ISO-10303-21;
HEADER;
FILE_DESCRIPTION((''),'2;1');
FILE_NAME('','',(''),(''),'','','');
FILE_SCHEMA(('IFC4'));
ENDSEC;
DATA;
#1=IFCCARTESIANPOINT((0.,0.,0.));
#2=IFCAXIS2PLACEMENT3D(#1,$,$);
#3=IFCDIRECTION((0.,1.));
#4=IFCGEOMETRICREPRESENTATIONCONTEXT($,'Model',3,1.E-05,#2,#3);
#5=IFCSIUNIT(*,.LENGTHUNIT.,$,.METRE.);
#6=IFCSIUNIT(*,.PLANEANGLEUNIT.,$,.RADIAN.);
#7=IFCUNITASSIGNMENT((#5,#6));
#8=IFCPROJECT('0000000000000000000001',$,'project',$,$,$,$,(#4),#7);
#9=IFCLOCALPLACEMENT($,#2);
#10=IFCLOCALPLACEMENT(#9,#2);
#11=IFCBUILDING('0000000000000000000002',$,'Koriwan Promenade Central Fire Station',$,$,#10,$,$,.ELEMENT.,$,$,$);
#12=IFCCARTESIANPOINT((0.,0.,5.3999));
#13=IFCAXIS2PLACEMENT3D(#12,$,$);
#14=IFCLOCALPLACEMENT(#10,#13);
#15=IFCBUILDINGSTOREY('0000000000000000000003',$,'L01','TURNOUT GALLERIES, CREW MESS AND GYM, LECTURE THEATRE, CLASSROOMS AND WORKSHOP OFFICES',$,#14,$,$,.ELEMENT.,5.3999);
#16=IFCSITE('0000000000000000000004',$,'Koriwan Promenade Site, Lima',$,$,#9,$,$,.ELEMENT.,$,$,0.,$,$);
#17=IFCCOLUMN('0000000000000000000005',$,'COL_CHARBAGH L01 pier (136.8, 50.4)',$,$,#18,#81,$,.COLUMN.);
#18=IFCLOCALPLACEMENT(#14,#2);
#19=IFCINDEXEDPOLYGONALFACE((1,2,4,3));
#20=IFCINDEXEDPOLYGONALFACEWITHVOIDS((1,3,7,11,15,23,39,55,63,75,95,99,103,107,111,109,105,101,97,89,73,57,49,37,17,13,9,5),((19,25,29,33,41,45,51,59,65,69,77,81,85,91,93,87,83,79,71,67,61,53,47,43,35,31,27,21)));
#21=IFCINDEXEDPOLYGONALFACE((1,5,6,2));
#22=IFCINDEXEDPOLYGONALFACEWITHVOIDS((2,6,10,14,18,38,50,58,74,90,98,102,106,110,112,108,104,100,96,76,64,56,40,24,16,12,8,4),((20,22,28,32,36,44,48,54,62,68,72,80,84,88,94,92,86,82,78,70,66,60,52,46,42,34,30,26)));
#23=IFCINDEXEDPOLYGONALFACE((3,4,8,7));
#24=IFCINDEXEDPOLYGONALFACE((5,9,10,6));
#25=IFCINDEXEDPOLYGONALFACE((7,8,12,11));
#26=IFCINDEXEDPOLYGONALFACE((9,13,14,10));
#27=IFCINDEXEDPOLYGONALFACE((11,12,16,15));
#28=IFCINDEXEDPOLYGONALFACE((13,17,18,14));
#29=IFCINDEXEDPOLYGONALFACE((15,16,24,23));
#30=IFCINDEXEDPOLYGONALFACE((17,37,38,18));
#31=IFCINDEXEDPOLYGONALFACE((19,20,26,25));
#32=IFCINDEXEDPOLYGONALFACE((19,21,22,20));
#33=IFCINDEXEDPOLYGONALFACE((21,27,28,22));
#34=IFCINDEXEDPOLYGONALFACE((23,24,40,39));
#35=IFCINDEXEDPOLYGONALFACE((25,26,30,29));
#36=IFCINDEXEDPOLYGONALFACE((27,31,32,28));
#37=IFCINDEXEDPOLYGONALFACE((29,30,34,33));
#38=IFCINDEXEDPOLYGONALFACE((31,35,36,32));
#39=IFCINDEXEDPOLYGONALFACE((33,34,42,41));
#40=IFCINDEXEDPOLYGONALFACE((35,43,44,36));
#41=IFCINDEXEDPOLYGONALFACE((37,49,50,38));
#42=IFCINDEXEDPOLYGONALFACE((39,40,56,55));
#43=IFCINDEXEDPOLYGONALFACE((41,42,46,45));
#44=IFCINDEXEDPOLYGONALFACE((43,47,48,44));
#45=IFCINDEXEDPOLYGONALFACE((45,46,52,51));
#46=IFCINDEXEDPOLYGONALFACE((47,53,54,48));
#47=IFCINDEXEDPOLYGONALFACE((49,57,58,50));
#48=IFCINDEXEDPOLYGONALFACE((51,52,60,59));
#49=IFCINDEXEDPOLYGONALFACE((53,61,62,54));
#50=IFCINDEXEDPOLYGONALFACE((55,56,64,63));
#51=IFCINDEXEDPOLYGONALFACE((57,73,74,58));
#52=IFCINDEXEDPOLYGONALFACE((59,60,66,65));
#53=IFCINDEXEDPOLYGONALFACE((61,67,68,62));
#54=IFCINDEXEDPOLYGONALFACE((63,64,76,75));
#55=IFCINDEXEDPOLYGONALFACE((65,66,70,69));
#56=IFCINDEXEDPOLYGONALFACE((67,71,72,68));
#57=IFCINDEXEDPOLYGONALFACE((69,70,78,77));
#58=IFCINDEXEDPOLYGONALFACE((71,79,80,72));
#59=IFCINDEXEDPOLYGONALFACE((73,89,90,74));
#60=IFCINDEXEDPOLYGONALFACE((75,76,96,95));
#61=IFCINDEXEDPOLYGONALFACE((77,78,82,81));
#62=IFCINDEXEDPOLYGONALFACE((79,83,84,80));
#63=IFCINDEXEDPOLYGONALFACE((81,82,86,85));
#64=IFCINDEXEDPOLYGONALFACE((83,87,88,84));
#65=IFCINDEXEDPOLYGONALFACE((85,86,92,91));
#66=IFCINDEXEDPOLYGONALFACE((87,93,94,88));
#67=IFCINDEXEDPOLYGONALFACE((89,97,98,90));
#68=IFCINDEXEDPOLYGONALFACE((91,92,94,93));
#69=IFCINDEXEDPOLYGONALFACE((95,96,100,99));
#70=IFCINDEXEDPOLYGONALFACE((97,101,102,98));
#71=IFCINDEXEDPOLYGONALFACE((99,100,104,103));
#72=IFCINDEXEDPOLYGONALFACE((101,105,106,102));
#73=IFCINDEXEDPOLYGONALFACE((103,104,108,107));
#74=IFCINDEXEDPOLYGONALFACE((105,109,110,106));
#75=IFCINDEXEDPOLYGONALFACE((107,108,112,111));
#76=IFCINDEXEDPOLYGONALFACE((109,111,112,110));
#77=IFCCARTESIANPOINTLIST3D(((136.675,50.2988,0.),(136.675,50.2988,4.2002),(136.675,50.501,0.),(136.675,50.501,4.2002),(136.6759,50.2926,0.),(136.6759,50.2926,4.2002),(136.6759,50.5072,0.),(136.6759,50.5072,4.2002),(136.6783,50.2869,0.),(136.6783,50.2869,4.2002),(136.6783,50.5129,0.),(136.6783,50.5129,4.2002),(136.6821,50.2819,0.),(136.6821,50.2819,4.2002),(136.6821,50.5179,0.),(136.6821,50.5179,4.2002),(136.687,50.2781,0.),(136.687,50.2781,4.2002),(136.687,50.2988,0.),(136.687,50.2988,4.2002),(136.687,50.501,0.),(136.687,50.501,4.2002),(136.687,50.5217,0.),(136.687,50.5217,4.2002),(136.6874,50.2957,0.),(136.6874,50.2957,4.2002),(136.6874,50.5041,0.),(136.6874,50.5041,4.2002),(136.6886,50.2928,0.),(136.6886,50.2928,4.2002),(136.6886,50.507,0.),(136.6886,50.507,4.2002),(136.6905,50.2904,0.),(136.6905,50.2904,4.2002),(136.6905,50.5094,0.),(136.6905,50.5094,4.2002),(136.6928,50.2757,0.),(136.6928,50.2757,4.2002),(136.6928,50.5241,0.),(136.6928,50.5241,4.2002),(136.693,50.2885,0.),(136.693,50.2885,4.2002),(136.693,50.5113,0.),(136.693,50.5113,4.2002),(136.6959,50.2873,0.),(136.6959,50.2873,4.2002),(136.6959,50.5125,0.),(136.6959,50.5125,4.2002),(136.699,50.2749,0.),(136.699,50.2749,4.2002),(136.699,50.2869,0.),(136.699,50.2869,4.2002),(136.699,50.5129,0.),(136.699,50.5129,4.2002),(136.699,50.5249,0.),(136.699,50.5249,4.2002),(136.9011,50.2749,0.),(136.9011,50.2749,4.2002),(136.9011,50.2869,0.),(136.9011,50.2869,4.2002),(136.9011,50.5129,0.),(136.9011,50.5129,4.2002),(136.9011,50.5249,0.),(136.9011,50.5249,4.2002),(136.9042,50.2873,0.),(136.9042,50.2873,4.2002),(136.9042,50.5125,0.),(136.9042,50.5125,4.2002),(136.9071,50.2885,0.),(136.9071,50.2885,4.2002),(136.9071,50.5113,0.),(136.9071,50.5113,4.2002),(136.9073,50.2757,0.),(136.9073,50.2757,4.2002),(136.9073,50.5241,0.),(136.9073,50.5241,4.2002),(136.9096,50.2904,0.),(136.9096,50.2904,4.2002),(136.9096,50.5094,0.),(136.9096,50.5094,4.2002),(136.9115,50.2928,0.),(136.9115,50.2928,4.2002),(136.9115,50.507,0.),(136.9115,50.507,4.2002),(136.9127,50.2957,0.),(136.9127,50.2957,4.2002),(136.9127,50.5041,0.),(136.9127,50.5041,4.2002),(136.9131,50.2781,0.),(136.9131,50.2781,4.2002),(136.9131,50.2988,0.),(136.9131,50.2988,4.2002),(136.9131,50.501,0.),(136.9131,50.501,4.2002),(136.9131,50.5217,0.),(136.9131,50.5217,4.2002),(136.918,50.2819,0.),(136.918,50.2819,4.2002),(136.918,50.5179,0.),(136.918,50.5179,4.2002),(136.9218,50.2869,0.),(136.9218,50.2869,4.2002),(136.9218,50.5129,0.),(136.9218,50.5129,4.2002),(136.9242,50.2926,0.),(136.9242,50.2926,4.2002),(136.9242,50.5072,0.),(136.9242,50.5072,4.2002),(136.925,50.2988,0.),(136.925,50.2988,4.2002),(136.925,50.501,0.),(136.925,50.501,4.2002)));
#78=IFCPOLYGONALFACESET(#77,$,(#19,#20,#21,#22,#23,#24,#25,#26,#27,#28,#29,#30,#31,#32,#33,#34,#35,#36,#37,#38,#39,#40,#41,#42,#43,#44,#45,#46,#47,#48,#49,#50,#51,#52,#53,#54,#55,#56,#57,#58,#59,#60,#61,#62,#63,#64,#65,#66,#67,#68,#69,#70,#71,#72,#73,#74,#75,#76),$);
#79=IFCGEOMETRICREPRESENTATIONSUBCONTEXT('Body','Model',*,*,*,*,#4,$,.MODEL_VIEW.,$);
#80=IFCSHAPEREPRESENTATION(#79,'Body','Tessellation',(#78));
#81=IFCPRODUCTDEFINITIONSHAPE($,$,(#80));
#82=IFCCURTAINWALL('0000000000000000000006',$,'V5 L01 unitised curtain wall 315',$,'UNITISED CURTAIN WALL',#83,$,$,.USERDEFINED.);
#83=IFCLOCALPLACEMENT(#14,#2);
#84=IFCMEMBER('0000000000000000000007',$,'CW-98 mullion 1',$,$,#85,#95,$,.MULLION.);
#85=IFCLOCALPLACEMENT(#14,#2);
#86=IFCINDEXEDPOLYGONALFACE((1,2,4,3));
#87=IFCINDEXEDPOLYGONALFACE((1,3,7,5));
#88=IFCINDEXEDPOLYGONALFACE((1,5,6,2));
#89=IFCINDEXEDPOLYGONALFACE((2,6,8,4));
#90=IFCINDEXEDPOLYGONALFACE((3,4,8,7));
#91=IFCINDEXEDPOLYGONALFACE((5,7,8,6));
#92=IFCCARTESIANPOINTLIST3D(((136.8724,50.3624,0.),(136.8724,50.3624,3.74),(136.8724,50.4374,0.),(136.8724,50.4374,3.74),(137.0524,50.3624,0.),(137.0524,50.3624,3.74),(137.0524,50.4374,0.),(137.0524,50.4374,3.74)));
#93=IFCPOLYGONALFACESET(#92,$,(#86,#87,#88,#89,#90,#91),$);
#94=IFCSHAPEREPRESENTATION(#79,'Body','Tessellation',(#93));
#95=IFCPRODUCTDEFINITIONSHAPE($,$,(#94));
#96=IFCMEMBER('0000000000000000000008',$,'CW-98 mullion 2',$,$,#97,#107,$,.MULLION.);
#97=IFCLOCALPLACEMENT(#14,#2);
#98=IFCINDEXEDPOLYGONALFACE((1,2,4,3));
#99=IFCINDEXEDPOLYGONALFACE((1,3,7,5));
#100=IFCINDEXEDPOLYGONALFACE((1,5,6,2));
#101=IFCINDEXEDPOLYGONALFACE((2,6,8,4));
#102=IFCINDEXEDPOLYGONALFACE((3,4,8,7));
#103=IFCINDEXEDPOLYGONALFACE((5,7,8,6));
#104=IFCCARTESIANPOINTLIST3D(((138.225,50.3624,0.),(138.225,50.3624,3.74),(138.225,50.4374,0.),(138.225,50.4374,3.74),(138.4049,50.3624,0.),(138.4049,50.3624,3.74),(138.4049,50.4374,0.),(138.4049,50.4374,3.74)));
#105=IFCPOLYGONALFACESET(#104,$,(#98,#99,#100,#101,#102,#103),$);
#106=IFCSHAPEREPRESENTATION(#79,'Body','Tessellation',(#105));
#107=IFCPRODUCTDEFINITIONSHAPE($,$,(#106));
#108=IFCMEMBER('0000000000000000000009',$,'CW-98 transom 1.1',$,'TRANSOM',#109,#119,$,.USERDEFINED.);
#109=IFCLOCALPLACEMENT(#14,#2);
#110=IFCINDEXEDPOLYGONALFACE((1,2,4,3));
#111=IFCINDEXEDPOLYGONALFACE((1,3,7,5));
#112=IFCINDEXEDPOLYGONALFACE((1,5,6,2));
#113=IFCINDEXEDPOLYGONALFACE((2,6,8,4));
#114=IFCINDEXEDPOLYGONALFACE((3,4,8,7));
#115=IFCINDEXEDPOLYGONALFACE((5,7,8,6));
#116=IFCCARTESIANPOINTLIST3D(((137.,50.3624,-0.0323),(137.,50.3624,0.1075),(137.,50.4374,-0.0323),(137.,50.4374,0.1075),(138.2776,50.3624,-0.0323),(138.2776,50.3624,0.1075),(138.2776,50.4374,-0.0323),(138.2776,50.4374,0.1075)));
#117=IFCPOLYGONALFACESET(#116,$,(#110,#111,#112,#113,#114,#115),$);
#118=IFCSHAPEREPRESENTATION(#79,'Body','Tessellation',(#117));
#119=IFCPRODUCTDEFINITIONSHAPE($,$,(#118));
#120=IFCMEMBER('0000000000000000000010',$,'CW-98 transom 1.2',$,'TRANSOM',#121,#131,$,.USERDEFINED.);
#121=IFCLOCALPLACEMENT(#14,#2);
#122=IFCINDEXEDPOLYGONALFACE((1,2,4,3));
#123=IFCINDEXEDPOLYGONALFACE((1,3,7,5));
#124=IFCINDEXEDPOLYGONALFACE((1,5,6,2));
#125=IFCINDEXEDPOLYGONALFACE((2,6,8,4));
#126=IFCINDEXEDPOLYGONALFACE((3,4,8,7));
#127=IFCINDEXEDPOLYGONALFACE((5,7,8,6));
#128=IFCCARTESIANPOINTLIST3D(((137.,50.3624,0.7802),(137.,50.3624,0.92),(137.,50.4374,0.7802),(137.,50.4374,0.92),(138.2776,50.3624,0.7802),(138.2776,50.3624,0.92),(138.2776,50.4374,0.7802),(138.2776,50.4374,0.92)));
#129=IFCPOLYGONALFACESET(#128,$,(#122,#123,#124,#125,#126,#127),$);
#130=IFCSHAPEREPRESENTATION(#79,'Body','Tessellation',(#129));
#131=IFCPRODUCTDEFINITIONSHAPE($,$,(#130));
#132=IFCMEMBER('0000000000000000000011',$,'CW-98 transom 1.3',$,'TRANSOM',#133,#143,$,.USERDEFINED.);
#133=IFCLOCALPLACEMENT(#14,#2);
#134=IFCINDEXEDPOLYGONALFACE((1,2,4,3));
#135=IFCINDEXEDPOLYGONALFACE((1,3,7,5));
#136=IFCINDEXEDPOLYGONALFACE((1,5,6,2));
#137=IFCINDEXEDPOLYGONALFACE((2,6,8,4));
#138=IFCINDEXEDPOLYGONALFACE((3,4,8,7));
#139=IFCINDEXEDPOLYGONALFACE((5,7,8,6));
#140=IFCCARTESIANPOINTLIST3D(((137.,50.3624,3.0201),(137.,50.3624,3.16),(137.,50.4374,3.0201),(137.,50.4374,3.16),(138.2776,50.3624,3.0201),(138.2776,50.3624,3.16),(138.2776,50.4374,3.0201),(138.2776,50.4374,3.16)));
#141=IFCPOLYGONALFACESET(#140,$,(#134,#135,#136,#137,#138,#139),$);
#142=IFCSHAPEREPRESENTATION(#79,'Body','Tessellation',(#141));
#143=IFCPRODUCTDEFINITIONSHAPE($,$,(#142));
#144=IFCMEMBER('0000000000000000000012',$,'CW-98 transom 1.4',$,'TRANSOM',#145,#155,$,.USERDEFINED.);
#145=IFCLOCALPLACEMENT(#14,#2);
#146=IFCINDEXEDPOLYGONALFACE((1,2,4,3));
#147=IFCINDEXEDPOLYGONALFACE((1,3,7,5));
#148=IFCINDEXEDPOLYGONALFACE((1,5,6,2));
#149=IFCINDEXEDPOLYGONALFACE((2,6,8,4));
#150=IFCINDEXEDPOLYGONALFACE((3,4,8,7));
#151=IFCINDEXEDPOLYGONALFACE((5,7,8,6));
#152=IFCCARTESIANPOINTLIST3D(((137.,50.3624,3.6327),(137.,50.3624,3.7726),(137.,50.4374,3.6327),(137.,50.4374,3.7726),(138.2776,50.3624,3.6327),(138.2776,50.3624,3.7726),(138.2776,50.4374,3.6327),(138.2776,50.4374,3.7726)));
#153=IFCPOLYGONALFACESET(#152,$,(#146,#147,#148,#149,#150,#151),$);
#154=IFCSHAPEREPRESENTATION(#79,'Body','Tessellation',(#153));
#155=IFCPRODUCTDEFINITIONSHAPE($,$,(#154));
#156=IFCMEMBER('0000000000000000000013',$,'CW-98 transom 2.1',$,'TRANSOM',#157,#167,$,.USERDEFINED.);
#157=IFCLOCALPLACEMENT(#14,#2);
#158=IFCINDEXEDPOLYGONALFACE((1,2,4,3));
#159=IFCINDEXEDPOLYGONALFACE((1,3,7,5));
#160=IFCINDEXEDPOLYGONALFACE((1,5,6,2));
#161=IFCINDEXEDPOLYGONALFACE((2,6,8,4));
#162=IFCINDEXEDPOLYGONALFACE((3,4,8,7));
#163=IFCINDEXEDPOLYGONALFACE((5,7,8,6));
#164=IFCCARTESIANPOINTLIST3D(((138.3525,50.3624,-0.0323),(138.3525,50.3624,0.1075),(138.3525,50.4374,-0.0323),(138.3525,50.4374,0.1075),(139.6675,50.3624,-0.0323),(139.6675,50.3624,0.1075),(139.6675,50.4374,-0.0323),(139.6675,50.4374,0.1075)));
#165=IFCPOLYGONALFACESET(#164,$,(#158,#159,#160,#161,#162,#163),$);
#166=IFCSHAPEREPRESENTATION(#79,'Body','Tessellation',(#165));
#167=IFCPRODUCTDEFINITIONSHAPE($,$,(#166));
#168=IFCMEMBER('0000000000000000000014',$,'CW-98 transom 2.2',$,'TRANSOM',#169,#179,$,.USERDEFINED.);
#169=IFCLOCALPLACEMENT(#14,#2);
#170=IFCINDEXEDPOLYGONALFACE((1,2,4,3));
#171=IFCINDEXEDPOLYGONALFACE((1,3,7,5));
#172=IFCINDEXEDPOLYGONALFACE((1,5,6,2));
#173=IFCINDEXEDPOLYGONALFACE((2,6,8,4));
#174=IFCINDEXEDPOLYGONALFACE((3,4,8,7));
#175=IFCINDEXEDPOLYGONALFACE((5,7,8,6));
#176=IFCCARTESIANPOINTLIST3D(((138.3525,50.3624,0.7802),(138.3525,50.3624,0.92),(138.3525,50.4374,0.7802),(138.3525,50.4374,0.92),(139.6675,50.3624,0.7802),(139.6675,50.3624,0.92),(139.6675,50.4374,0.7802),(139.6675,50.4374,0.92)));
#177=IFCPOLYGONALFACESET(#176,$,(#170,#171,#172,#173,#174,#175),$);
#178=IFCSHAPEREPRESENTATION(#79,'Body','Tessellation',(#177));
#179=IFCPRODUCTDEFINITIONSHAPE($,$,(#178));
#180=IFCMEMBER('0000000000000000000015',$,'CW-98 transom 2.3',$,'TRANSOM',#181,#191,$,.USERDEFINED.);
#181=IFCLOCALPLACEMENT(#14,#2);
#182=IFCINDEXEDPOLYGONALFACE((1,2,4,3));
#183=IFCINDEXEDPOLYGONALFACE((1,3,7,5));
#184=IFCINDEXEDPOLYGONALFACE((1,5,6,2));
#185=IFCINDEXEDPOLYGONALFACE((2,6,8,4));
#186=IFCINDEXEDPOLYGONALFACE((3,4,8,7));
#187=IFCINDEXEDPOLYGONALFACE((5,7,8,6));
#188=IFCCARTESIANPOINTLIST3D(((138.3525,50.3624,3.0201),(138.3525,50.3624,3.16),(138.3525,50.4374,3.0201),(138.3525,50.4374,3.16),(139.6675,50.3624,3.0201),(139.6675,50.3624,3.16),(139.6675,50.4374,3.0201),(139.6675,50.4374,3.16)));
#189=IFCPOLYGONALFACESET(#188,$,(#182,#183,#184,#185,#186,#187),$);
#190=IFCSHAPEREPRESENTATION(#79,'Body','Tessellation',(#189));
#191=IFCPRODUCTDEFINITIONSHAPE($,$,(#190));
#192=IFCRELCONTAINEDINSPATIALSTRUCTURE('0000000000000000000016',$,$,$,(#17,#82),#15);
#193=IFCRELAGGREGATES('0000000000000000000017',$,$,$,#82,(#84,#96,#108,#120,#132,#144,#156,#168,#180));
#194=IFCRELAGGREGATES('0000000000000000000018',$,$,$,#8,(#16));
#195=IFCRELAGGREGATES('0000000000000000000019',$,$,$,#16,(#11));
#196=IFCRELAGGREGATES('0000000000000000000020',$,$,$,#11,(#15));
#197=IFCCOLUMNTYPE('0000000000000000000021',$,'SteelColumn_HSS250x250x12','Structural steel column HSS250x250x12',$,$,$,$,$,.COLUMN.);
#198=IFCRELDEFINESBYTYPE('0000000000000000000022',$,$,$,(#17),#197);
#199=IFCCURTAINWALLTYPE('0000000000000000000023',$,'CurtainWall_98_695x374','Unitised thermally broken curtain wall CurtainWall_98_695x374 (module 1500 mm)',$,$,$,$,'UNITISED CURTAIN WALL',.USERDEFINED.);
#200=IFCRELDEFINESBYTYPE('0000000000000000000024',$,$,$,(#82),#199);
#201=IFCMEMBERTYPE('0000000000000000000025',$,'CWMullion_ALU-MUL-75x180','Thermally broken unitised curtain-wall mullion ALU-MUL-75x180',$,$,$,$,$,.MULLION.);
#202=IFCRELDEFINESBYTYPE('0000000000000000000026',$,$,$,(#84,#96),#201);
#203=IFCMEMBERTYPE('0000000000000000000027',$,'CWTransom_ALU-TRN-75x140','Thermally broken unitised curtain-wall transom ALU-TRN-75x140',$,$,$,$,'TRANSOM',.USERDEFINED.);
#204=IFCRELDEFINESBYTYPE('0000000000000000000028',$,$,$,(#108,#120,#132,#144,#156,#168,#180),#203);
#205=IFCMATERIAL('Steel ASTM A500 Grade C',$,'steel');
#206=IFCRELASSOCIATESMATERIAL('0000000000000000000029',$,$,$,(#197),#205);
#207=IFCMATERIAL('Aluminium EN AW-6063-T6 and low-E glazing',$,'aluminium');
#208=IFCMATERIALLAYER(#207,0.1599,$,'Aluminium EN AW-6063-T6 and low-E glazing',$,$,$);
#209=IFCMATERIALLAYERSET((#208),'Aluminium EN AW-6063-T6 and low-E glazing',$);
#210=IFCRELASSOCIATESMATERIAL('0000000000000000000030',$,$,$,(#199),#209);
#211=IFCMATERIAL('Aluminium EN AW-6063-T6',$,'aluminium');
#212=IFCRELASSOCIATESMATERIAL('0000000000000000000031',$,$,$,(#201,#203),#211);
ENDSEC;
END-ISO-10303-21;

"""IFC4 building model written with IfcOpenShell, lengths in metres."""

from ifc_helpers import new_model, si_unit, direction, frame, origin, origin_2d, place, context, subcontext, project, spatial, rectangle, hollow_rectangle, extrude, material, layer, layer_set, material_profile, profile_set, type_object, element, aggregate, save


model = new_model("IFC4")

# Units and contexts
model_context = context("Model", 3, precision=1e-05, world=origin(), true_north=direction((0.0, 1.0)))
body_context = subcontext(model_context, "Body", "Model", "MODEL_VIEW")
ifc_project = project(units=[si_unit("LENGTHUNIT", "METRE"), si_unit("PLANEANGLEUNIT", "RADIAN")], contexts=[model_context])

# Site, building, storey
site_placement = place(None, origin())
site = spatial("IfcSite", under=ifc_project, at=site_placement, Name="Koriwan Promenade Site, Lima", CompositionType="ELEMENT", RefElevation=0.0)
building_placement = place(site_placement, origin())
building = spatial("IfcBuilding", under=site, at=building_placement, Name="Koriwan Promenade Central Fire Station", CompositionType="ELEMENT")
storey_placement = place(building_placement, frame((0.0, 0.0, 5.3999)))
storey = spatial("IfcBuildingStorey", under=building, at=storey_placement, Name="L01", Description="TURNOUT GALLERIES, CREW MESS AND GYM, LECTURE THEATRE, CLASSROOMS AND WORKSHOP OFFICES", CompositionType="ELEMENT", Elevation=5.3999)

# Column
ifc_material_1 = material(Name="Steel ASTM A500 Grade C", Category="steel")
ifc_material_profile_1 = material_profile(ifc_material_1, hollow_rectangle(XDim=0.25, YDim=0.25, WallThickness=0.012, InnerFilletRadius=0.012, OuterFilletRadius=0.0239, at=origin_2d()), Name="HSS250x250x12")
ifc_profile_set_1 = profile_set([ifc_material_profile_1], Name="Steel ASTM A500 Grade C")
column_type = type_object("IfcColumnType", Name="SteelColumn_HSS250x250x12", Description="Structural steel column HSS250x250x12", PredefinedType="COLUMN", material=ifc_profile_set_1)
column_placement = place(storey_placement, frame((136.8, 50.3999, 0.0), z_axis=(0.0, 0.0, 1.0), x_axis=(1.0, 0.0, 0.0)))
element("IfcColumn", 1, at=column_placement, inside=storey, type_object=column_type, Name="COL_CHARBAGH L01 pier (136.8, 50.4)", PredefinedType="COLUMN", context=body_context, shape_type="SweptSolid", body=[
    extrude(hollow_rectangle(XDim=0.25, YDim=0.25, WallThickness=0.012, InnerFilletRadius=0.012, OuterFilletRadius=0.0239, at=origin_2d()), origin(), (0.0, 0.0, 1.0), 4.2002),
])

# Curtain wall, members
ifc_material_2 = material(Name="Aluminium EN AW-6063-T6 and low-E glazing", Category="aluminium")
ifc_layer_1 = layer(ifc_material_2, 0.1599, Name="Aluminium EN AW-6063-T6 and low-E glazing")
ifc_layer_set_1 = layer_set([ifc_layer_1], Name="Aluminium EN AW-6063-T6 and low-E glazing")
curtain_wall_type = type_object("IfcCurtainWallType", Name="CurtainWall_98_695x374", Description="Unitised thermally broken curtain wall CurtainWall_98_695x374 (module 1500 mm)", ElementType="UNITISED CURTAIN WALL", PredefinedType="USERDEFINED", material=ifc_layer_set_1)
curtain_wall_placement = place(storey_placement, origin())
curtain_wall = element("IfcCurtainWall", 2, at=curtain_wall_placement, inside=storey, type_object=curtain_wall_type, Name="V5 L01 unitised curtain wall 315", ObjectType="UNITISED CURTAIN WALL", PredefinedType="USERDEFINED")
ifc_material_3 = material(Name="Aluminium EN AW-6063-T6", Category="aluminium")
ifc_material_profile_2 = material_profile(ifc_material_3, rectangle(XDim=0.075, YDim=0.1799, at=origin_2d()), Name="ALU-MUL-75x180")
ifc_profile_set_2 = profile_set([ifc_material_profile_2], Name="Aluminium EN AW-6063-T6")
member_type_1 = type_object("IfcMemberType", Name="CWMullion_ALU-MUL-75x180", Description="Thermally broken unitised curtain-wall mullion ALU-MUL-75x180", PredefinedType="MULLION", material=ifc_profile_set_2)
member_1_placement = place(storey_placement, frame((136.9624, 50.3999, 0.0), z_axis=(0.0, 0.0, 1.0), x_axis=(0.0, 1.0, 0.0)))
member_1 = element("IfcMember", 3, at=member_1_placement, type_object=member_type_1, Name="CW-98 mullion 1", PredefinedType="MULLION", context=body_context, shape_type="SweptSolid", body=[
    extrude(rectangle(XDim=0.075, YDim=0.1799, at=origin_2d()), origin(), (0.0, 0.0, 1.0), 3.74),
])
member_2_placement = place(storey_placement, frame((138.3149, 50.3999, 0.0), z_axis=(0.0, 0.0, 1.0), x_axis=(0.0, 1.0, 0.0)))
member_2 = element("IfcMember", 4, at=member_2_placement, type_object=member_type_1, Name="CW-98 mullion 2", PredefinedType="MULLION", context=body_context, shape_type="SweptSolid", body=[
    extrude(rectangle(XDim=0.075, YDim=0.1799, at=origin_2d()), origin(), (0.0, 0.0, 1.0), 3.74),
])
ifc_material_profile_3 = material_profile(ifc_material_3, rectangle(XDim=0.075, YDim=0.1399, at=origin_2d()), Name="ALU-TRN-75x140")
ifc_profile_set_3 = profile_set([ifc_material_profile_3], Name="Aluminium EN AW-6063-T6")
member_type_2 = type_object("IfcMemberType", Name="CWTransom_ALU-TRN-75x140", Description="Thermally broken unitised curtain-wall transom ALU-TRN-75x140", ElementType="TRANSOM", PredefinedType="USERDEFINED", material=ifc_profile_set_3)
member_3_placement = place(storey_placement, frame((137.0, 50.3999, 0.0376), z_axis=(1.0, 0.0, 0.0), x_axis=(0.0, 1.0, 0.0)))
member_3 = element("IfcMember", 5, at=member_3_placement, type_object=member_type_2, Name="CW-98 transom 1.1", ObjectType="TRANSOM", PredefinedType="USERDEFINED", context=body_context, shape_type="SweptSolid", body=[
    extrude(rectangle(XDim=0.075, YDim=0.1399, at=origin_2d()), origin(), (0.0, 0.0, 1.0), 1.2776),
])
member_4_placement = place(storey_placement, frame((137.0, 50.3999, 0.8501), z_axis=(1.0, 0.0, 0.0), x_axis=(0.0, 1.0, 0.0)))
member_4 = element("IfcMember", 6, at=member_4_placement, type_object=member_type_2, Name="CW-98 transom 1.2", ObjectType="TRANSOM", PredefinedType="USERDEFINED", context=body_context, shape_type="SweptSolid", body=[
    extrude(rectangle(XDim=0.075, YDim=0.1399, at=origin_2d()), origin(), (0.0, 0.0, 1.0), 1.2776),
])
member_5_placement = place(storey_placement, frame((137.0, 50.3999, 3.0901), z_axis=(1.0, 0.0, 0.0), x_axis=(0.0, 1.0, 0.0)))
member_5 = element("IfcMember", 7, at=member_5_placement, type_object=member_type_2, Name="CW-98 transom 1.3", ObjectType="TRANSOM", PredefinedType="USERDEFINED", context=body_context, shape_type="SweptSolid", body=[
    extrude(rectangle(XDim=0.075, YDim=0.1399, at=origin_2d()), origin(), (0.0, 0.0, 1.0), 1.2776),
])
member_6_placement = place(storey_placement, frame((137.0, 50.3999, 3.7026), z_axis=(1.0, 0.0, 0.0), x_axis=(0.0, 1.0, 0.0)))
member_6 = element("IfcMember", 8, at=member_6_placement, type_object=member_type_2, Name="CW-98 transom 1.4", ObjectType="TRANSOM", PredefinedType="USERDEFINED", context=body_context, shape_type="SweptSolid", body=[
    extrude(rectangle(XDim=0.075, YDim=0.1399, at=origin_2d()), origin(), (0.0, 0.0, 1.0), 1.2776),
])
member_7_placement = place(storey_placement, frame((138.3525, 50.3999, 0.0376), z_axis=(1.0, 0.0, 0.0), x_axis=(0.0, 1.0, 0.0)))
member_7 = element("IfcMember", 9, at=member_7_placement, type_object=member_type_2, Name="CW-98 transom 2.1", ObjectType="TRANSOM", PredefinedType="USERDEFINED", context=body_context, shape_type="SweptSolid", body=[
    extrude(rectangle(XDim=0.075, YDim=0.1399, at=origin_2d()), origin(), (0.0, 0.0, 1.0), 1.3149),
])
member_8_placement = place(storey_placement, frame((138.3525, 50.3999, 0.8501), z_axis=(1.0, 0.0, 0.0), x_axis=(0.0, 1.0, 0.0)))
member_8 = element("IfcMember", 10, at=member_8_placement, type_object=member_type_2, Name="CW-98 transom 2.2", ObjectType="TRANSOM", PredefinedType="USERDEFINED", context=body_context, shape_type="SweptSolid", body=[
    extrude(rectangle(XDim=0.075, YDim=0.1399, at=origin_2d()), origin(), (0.0, 0.0, 1.0), 1.3149),
])
member_9_placement = place(storey_placement, frame((138.3525, 50.3999, 3.0901), z_axis=(1.0, 0.0, 0.0), x_axis=(0.0, 1.0, 0.0)))
member_9 = element("IfcMember", 11, at=member_9_placement, type_object=member_type_2, Name="CW-98 transom 2.3", ObjectType="TRANSOM", PredefinedType="USERDEFINED", context=body_context, shape_type="SweptSolid", body=[
    extrude(rectangle(XDim=0.075, YDim=0.1399, at=origin_2d()), origin(), (0.0, 0.0, 1.0), 1.3149),
])

aggregate(curtain_wall, [member_1, member_2, member_3, member_4, member_5, member_6, member_7, member_8, member_9])

save(model, "model.ifc")
